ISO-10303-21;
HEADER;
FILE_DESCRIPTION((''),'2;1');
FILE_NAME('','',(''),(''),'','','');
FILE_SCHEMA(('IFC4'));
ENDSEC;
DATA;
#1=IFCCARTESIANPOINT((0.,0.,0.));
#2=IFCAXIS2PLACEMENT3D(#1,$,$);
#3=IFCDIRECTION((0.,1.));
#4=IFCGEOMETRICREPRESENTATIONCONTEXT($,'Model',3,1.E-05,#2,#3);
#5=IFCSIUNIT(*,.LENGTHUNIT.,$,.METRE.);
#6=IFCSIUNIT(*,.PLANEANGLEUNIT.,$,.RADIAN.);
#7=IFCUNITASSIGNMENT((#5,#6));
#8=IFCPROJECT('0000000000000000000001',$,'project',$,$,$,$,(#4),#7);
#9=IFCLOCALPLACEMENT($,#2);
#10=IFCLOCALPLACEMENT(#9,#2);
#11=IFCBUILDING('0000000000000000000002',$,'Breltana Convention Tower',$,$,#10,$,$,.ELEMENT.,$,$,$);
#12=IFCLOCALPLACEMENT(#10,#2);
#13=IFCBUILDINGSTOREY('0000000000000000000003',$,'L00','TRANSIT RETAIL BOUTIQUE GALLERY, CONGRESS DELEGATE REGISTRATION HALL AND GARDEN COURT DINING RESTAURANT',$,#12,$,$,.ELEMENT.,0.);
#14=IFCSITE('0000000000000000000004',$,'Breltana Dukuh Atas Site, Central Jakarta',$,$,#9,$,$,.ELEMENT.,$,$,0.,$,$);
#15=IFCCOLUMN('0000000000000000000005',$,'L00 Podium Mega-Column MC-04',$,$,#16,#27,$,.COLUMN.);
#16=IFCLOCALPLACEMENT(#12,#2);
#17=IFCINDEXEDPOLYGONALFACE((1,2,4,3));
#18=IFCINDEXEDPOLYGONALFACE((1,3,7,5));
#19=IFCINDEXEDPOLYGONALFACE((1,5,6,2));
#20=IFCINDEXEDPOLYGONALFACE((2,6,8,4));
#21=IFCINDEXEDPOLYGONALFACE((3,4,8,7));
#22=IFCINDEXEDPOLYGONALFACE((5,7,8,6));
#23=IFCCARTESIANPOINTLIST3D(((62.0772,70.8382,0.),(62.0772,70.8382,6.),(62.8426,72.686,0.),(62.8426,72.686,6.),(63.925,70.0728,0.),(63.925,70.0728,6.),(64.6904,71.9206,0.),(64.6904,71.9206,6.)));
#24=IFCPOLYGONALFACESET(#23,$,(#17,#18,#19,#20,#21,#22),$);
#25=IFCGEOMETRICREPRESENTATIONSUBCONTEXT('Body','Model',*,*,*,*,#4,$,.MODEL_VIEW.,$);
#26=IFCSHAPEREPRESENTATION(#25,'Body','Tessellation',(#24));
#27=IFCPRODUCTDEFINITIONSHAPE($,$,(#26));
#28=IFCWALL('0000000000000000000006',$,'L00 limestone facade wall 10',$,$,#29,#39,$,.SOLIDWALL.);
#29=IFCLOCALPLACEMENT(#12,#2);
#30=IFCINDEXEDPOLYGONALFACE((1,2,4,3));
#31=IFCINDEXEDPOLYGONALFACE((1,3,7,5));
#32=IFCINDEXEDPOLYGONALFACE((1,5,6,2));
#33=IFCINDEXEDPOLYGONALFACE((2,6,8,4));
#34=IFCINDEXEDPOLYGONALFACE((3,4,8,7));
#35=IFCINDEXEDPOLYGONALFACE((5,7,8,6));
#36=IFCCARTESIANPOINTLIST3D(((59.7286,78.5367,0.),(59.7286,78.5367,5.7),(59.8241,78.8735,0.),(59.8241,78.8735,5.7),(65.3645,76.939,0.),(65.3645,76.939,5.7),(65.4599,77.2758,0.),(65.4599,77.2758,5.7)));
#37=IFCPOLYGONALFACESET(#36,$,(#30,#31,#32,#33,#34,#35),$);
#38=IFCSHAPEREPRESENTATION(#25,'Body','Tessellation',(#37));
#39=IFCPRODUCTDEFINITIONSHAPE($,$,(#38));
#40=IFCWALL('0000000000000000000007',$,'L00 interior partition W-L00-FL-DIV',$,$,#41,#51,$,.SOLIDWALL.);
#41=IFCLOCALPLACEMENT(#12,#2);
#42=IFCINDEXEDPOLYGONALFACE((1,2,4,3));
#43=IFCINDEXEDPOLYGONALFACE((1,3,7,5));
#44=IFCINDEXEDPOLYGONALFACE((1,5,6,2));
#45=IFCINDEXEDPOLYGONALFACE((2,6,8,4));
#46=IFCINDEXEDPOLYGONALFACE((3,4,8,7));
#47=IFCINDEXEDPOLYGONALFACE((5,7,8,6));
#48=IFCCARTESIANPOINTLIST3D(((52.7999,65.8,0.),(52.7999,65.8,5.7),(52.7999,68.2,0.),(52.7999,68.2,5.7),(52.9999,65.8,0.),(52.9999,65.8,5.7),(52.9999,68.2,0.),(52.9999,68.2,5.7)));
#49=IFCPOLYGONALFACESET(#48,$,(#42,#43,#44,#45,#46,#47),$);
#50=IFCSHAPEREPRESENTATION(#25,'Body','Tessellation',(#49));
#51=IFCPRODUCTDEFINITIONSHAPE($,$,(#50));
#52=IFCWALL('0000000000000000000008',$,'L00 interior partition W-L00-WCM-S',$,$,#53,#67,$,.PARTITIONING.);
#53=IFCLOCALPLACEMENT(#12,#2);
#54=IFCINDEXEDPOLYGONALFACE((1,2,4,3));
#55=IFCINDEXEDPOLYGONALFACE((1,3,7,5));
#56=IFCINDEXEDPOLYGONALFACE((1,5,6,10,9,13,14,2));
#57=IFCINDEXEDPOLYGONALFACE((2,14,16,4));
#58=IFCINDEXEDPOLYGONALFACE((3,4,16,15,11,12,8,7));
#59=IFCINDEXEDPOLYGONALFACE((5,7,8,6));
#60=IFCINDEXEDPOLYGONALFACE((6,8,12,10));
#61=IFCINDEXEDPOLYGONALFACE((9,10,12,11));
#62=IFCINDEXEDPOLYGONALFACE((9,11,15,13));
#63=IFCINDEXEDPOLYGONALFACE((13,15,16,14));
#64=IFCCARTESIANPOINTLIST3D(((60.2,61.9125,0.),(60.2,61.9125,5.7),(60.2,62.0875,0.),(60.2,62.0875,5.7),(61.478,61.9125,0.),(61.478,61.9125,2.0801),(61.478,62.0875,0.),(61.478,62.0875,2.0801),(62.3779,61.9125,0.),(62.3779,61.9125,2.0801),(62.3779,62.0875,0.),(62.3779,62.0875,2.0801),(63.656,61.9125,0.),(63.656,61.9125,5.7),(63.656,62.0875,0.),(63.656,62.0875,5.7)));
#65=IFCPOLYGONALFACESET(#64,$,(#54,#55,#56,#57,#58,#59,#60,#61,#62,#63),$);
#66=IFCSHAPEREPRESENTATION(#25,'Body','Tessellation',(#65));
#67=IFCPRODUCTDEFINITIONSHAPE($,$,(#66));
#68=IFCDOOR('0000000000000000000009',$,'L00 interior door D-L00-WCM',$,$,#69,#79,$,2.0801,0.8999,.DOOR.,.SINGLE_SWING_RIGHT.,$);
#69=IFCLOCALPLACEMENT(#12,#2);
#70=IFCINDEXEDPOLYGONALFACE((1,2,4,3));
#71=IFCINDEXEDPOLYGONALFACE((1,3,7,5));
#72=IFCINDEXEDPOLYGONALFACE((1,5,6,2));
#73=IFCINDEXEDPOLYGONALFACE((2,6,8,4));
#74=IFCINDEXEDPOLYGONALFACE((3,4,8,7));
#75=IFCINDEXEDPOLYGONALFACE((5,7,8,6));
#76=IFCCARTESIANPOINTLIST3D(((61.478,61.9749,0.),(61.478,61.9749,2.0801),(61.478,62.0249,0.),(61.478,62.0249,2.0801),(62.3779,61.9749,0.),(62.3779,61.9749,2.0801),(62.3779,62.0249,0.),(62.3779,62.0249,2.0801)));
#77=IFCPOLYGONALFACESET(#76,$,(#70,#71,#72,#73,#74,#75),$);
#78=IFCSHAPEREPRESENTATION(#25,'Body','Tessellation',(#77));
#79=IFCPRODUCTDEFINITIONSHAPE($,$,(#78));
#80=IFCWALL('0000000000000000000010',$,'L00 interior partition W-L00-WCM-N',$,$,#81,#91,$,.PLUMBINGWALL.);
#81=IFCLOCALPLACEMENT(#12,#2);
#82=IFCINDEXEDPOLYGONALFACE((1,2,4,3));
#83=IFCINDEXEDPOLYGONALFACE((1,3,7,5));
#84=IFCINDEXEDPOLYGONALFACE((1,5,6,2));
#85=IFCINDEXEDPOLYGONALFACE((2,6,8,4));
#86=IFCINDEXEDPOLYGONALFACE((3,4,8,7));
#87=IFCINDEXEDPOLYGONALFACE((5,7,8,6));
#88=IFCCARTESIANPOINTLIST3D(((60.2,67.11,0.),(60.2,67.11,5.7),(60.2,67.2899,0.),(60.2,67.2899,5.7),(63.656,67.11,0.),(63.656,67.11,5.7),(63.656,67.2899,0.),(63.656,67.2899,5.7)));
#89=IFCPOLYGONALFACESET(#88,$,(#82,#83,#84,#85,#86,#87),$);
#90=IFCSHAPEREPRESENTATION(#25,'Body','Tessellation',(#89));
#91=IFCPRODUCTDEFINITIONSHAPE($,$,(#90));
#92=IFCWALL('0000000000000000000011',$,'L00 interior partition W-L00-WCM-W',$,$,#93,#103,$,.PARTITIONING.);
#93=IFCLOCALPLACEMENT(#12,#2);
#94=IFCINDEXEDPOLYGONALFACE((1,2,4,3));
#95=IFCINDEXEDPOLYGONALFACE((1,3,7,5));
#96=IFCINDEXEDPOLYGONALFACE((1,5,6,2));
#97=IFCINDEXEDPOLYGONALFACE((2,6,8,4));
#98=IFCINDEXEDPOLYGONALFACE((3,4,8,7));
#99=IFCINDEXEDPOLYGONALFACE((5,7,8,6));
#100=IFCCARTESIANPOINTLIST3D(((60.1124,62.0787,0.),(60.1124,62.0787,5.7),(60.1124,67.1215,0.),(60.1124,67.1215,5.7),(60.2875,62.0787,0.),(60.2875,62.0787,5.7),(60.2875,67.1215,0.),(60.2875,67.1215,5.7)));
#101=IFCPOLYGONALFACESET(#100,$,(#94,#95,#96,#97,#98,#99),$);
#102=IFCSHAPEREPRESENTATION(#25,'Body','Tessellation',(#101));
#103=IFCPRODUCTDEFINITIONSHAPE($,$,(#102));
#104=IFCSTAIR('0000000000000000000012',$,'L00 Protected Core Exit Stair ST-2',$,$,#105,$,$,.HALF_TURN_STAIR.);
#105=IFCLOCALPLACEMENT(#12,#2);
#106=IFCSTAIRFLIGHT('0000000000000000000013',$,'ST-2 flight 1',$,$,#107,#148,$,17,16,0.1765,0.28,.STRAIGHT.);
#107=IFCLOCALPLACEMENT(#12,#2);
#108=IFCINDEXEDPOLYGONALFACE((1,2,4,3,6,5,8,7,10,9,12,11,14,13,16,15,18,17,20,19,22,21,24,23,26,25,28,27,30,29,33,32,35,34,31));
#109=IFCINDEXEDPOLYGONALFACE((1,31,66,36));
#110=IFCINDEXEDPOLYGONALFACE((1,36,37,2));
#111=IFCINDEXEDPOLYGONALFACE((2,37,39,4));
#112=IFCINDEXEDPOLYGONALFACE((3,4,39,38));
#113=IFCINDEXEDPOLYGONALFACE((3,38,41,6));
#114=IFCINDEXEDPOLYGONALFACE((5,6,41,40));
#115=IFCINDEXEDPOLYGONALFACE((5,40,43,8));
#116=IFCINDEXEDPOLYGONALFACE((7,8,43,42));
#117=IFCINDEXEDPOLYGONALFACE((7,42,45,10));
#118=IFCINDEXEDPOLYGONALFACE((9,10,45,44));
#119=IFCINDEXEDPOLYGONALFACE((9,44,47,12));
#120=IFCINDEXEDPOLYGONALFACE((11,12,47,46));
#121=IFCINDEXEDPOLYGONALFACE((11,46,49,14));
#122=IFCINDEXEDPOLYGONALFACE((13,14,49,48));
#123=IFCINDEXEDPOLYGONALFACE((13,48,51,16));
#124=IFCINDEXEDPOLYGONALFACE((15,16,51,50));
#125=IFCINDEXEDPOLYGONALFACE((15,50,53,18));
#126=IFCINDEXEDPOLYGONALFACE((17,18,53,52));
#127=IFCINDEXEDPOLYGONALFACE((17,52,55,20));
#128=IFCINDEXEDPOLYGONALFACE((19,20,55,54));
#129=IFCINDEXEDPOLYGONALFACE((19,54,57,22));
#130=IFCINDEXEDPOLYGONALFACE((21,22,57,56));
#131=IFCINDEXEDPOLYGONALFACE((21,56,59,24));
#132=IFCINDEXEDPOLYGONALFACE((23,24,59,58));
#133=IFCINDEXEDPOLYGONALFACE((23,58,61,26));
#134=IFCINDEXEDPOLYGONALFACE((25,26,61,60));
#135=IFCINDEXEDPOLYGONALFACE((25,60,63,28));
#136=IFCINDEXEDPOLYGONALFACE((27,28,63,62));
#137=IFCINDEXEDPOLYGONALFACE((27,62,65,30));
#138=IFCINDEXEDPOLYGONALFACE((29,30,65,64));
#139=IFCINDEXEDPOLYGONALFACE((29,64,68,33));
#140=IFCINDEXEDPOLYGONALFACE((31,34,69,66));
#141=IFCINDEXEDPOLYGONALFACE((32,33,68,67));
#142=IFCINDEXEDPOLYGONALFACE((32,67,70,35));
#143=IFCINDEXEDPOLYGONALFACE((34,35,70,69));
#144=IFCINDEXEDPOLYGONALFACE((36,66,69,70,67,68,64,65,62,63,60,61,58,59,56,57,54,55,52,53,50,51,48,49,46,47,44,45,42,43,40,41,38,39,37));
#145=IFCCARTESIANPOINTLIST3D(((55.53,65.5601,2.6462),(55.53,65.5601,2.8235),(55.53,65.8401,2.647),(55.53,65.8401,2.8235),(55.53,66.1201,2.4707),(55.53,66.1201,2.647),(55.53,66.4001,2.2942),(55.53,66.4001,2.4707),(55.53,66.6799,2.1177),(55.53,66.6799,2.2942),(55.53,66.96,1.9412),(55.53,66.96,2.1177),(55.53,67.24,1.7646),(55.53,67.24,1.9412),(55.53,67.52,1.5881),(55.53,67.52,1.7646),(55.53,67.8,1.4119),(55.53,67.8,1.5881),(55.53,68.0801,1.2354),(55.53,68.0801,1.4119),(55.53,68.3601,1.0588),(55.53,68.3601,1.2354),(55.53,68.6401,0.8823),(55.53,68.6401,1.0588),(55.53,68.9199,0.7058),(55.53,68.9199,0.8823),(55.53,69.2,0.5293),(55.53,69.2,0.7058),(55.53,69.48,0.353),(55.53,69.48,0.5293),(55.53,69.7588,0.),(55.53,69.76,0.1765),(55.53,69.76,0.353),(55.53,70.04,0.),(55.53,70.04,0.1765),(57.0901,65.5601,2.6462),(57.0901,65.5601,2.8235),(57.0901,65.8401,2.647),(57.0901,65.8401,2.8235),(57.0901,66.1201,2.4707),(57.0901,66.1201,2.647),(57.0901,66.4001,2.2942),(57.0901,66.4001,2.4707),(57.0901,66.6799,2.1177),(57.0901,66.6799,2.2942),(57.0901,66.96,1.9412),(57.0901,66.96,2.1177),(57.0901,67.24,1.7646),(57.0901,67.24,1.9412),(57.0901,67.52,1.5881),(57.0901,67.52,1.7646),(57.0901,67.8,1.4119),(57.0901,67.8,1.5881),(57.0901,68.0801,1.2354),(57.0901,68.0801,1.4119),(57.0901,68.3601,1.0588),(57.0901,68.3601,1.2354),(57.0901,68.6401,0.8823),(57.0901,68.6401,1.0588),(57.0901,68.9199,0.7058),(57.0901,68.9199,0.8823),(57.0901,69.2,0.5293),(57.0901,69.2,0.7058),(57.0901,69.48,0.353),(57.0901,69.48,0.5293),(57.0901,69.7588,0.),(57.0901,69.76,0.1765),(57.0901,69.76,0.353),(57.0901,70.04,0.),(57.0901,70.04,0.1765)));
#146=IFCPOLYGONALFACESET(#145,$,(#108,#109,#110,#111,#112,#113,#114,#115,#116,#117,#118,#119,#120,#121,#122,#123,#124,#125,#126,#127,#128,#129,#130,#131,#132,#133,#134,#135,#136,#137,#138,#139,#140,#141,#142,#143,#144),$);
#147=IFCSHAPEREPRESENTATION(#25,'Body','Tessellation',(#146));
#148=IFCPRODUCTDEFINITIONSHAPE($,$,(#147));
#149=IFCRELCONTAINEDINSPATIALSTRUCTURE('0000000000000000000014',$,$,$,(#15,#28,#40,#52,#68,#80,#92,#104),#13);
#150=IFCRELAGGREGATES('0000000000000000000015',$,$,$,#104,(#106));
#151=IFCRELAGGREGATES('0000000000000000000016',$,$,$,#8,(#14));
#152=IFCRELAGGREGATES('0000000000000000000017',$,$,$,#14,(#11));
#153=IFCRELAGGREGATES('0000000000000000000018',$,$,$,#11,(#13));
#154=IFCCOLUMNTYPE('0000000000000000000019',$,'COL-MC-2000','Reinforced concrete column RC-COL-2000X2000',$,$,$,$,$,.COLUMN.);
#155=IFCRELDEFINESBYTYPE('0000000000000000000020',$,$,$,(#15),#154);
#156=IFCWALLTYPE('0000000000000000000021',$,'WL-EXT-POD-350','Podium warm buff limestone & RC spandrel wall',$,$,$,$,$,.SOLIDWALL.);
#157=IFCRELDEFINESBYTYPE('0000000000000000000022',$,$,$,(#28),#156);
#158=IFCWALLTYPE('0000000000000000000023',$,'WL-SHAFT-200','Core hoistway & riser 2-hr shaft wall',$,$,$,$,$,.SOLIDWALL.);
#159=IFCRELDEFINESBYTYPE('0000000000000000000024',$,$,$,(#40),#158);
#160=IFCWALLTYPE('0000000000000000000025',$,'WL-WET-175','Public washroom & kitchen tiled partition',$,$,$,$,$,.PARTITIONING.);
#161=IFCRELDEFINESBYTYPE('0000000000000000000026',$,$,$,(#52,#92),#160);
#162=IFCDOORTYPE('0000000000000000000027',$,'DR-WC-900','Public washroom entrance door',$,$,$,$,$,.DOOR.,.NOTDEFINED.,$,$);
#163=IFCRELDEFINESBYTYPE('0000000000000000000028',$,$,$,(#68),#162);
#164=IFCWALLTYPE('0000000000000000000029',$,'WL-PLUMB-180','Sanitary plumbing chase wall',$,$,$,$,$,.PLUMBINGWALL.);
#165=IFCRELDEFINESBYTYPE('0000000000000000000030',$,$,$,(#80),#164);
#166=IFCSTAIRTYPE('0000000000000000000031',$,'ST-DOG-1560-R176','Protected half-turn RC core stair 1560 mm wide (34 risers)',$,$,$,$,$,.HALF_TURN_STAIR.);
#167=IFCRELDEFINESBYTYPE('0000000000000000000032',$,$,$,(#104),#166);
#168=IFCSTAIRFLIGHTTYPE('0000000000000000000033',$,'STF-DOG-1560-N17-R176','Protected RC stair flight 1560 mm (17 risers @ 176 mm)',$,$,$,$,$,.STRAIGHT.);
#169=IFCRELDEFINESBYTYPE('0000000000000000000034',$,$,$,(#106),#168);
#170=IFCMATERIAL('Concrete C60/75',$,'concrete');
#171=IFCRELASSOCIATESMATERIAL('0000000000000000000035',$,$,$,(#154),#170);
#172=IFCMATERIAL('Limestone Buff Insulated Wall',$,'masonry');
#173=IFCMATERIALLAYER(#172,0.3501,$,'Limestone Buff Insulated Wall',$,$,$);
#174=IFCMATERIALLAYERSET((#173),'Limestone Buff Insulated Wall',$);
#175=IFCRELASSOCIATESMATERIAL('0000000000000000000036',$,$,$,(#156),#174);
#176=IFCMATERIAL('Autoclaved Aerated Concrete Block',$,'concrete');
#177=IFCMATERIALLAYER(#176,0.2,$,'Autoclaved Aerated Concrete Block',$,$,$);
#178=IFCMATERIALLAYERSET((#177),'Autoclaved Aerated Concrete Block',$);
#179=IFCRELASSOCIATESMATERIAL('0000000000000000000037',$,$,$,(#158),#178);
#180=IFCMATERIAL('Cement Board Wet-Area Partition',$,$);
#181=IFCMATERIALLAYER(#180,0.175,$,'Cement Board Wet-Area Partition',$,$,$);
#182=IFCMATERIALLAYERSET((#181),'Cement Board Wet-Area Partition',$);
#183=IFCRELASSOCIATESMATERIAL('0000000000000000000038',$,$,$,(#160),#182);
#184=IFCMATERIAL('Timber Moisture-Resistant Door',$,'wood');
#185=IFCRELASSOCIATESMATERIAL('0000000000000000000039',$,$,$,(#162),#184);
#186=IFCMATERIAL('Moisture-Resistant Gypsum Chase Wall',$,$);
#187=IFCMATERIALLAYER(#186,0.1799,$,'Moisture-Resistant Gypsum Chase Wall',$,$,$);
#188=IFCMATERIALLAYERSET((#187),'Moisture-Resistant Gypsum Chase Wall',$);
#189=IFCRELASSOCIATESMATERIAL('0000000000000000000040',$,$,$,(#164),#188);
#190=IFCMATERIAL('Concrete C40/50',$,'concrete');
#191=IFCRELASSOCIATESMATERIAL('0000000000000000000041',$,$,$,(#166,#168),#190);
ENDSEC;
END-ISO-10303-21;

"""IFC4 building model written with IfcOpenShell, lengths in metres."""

from ifc_helpers import new_model, si_unit, direction, frame, frame_2d, origin, origin_2d, place, context, subcontext, project, spatial, polyline, rectangle, outline, extrude, source, transform, mapped, material, layer, layer_set, material_profile, profile_set, type_object, type_shapes, element, fill, aggregate, save


model = new_model("IFC4")

# Units and contexts
model_context = context("Model", 3, precision=1e-05, world=origin(), true_north=direction((0.0, 1.0)))
body_context = subcontext(model_context, "Body", "Model", "MODEL_VIEW")
ifc_project = project(units=[si_unit("LENGTHUNIT", "METRE"), si_unit("PLANEANGLEUNIT", "RADIAN")], contexts=[model_context])

# Site, building, storey
site_placement = place(None, origin())
site = spatial("IfcSite", under=ifc_project, at=site_placement, Name="Breltana Dukuh Atas Site, Central Jakarta", CompositionType="ELEMENT", RefElevation=0.0)
building_placement = place(site_placement, origin())
building = spatial("IfcBuilding", under=site, at=building_placement, Name="Breltana Convention Tower", CompositionType="ELEMENT")
storey_placement = place(building_placement, origin())
storey = spatial("IfcBuildingStorey", under=building, at=storey_placement, Name="L00", Description="TRANSIT RETAIL BOUTIQUE GALLERY, CONGRESS DELEGATE REGISTRATION HALL AND GARDEN COURT DINING RESTAURANT", CompositionType="ELEMENT", Elevation=0.0)

# Column
ifc_material_1 = material(Name="Concrete C60/75", Category="concrete")
ifc_material_profile = material_profile(ifc_material_1, rectangle(XDim=2.0, YDim=2.0, at=origin_2d()), Name="RC-COL-2000X2000")
ifc_profile_set = profile_set([ifc_material_profile], Name="Concrete C60/75")
column_type = type_object("IfcColumnType", Name="COL-MC-2000", Description="Reinforced concrete column RC-COL-2000X2000", PredefinedType="COLUMN", material=ifc_profile_set)
shared_shape_1 = source(origin(), body_context, "Body", "SweptSolid", [
    extrude(rectangle(XDim=2.0, YDim=2.0, at=origin_2d()), origin(), (0.0, 0.0, 1.0), 6.0),
])
column_placement = place(storey_placement, frame((63.3838, 71.3794, 0.0), z_axis=(0.0, 0.0, 1.0), x_axis=(0.382683, 0.92388, 0.0)))
element("IfcColumn", 1, at=column_placement, inside=storey, type_object=column_type, Name="L00 Podium Mega-Column MC-04", PredefinedType="COLUMN", context=body_context, shape_type="MappedRepresentation", body=[
    mapped(shared_shape_1, transform((0.0, 0.0, 0.0), scale=1.0)),
])

# Wall
ifc_material_2 = material(Name="Limestone Buff Insulated Wall", Category="masonry")
ifc_layer_1 = layer(ifc_material_2, 0.3501, Name="Limestone Buff Insulated Wall")
ifc_layer_set_1 = layer_set([ifc_layer_1], Name="Limestone Buff Insulated Wall")
wall_type_1 = type_object("IfcWallType", Name="WL-EXT-POD-350", Description="Podium warm buff limestone & RC spandrel wall", PredefinedType="SOLIDWALL", material=ifc_layer_set_1)
shared_shape_2 = source(origin(), body_context, "Body", "SweptSolid", [
    extrude(rectangle(XDim=5.8579, YDim=0.3501, at=frame_2d((2.929, 0.0))), origin(), (0.0, 0.0, 1.0), 5.7),
])
wall_1_placement = place(storey_placement, frame((59.7764, 78.7051, 0.0), z_axis=(0.0, 0.0, 1.0), x_axis=(0.962088, -0.272739, 0.0)))
element("IfcWall", 2, at=wall_1_placement, inside=storey, type_object=wall_type_1, Name="L00 limestone facade wall 10", PredefinedType="SOLIDWALL", context=body_context, shape_type="MappedRepresentation", body=[
    mapped(shared_shape_2, transform((0.0, 0.0, 0.0), scale=1.0)),
])

# Wall
ifc_material_3 = material(Name="Autoclaved Aerated Concrete Block", Category="concrete")
ifc_layer_2 = layer(ifc_material_3, 0.2, Name="Autoclaved Aerated Concrete Block")
ifc_layer_set_2 = layer_set([ifc_layer_2], Name="Autoclaved Aerated Concrete Block")
wall_type_2 = type_object("IfcWallType", Name="WL-SHAFT-200", Description="Core hoistway & riser 2-hr shaft wall", PredefinedType="SOLIDWALL", material=ifc_layer_set_2)
shared_shape_3 = source(origin(), body_context, "Body", "SweptSolid", [
    extrude(rectangle(XDim=2.3999, YDim=0.2, at=frame_2d((1.2, 0.0))), origin(), (0.0, 0.0, 1.0), 5.7),
])
wall_2_placement = place(storey_placement, frame((52.8999, 65.8, 0.0), z_axis=(0.0, 0.0, 1.0), x_axis=(0.0, 1.0, 0.0)))
element("IfcWall", 3, at=wall_2_placement, inside=storey, type_object=wall_type_2, Name="L00 interior partition W-L00-FL-DIV", PredefinedType="SOLIDWALL", context=body_context, shape_type="MappedRepresentation", body=[
    mapped(shared_shape_3, transform((0.0, 0.0, 0.0), scale=1.0)),
])

# Wall, opening, door
ifc_material_4 = material(Name="Cement Board Wet-Area Partition")
ifc_layer_3 = layer(ifc_material_4, 0.175, Name="Cement Board Wet-Area Partition")
ifc_layer_set_3 = layer_set([ifc_layer_3], Name="Cement Board Wet-Area Partition")
wall_type_3 = type_object("IfcWallType", Name="WL-WET-175", Description="Public washroom & kitchen tiled partition", PredefinedType="PARTITIONING", material=ifc_layer_set_3)
shared_shape_4 = source(origin(), body_context, "Body", "SweptSolid", [
    extrude(rectangle(XDim=3.4561, YDim=0.175, at=frame_2d((1.728, 0.0))), origin(), (0.0, 0.0, 1.0), 5.7),
])
wall_3_placement = place(storey_placement, frame((60.2, 62.0, 0.0), z_axis=(0.0, 0.0, 1.0), x_axis=(1.0, 0.0, 0.0)))
wall_3 = element("IfcWall", 4, at=wall_3_placement, inside=storey, type_object=wall_type_3, Name="L00 interior partition W-L00-WCM-S", PredefinedType="PARTITIONING", context=body_context, shape_type="MappedRepresentation", body=[
    mapped(shared_shape_4, transform((0.0, 0.0, 0.0), scale=1.0)),
])
opening_1_placement = place(wall_3_placement, frame((1.2781, 0.0, 0.0)))
opening_1 = element("IfcOpeningElement", 5, at=opening_1_placement, cuts=wall_3, PredefinedType="OPENING", context=body_context, shape_type="SweptSolid", body=[
    extrude(rectangle(XDim=0.8999, YDim=2.0801, at=frame_2d((0.45, 1.04))), frame((0.0, 0.0977, 0.0), z_axis=(0.0, -1.0, 0.0), x_axis=(1.0, 0.0, 0.0)), (0.0, 0.0, 1.0), 0.1951),
])
ifc_material_5 = material(Name="Timber Moisture-Resistant Door", Category="wood")
door_type_1 = type_object("IfcDoorType", Name="DR-WC-900", Description="Public washroom entrance door", OperationType="NOTDEFINED", PredefinedType="DOOR", material=ifc_material_5)
shared_shape_5 = source(origin(), body_context, "Body", "SweptSolid", [
    extrude(rectangle(XDim=0.8999, YDim=2.0801, at=frame_2d((0.45, 1.04))), frame((0.0, 0.0249, 0.0), z_axis=(0.0, -1.0, 0.0), x_axis=(1.0, 0.0, 0.0)), (0.0, 0.0, 1.0), 0.05),
])
type_shapes(door_type_1, [shared_shape_5])
door_1_placement = place(opening_1_placement, origin())
door_1 = element("IfcDoor", 6, at=door_1_placement, inside=storey, type_object=door_type_1, Name="L00 interior door D-L00-WCM", OperationType="SINGLE_SWING_RIGHT", OverallHeight=2.0801, OverallWidth=0.8999, PredefinedType="DOOR", context=body_context, shape_type="MappedRepresentation", body=[
    mapped(shared_shape_5, transform((0.0, 0.0, 0.0), scale=1.0)),
])
fill(opening_1, door_1)

# Walls
ifc_material_6 = material(Name="Moisture-Resistant Gypsum Chase Wall")
ifc_layer_4 = layer(ifc_material_6, 0.1799, Name="Moisture-Resistant Gypsum Chase Wall")
ifc_layer_set_4 = layer_set([ifc_layer_4], Name="Moisture-Resistant Gypsum Chase Wall")
wall_type_4 = type_object("IfcWallType", Name="WL-PLUMB-180", Description="Sanitary plumbing chase wall", PredefinedType="PLUMBINGWALL", material=ifc_layer_set_4)
shared_shape_6 = source(origin(), body_context, "Body", "SweptSolid", [
    extrude(rectangle(XDim=3.4561, YDim=0.1799, at=frame_2d((1.728, 0.0))), origin(), (0.0, 0.0, 1.0), 5.7),
])
wall_4_placement = place(storey_placement, frame((60.2, 67.2, 0.0), z_axis=(0.0, 0.0, 1.0), x_axis=(1.0, 0.0, 0.0)))
element("IfcWall", 7, at=wall_4_placement, inside=storey, type_object=wall_type_4, Name="L00 interior partition W-L00-WCM-N", PredefinedType="PLUMBINGWALL", context=body_context, shape_type="MappedRepresentation", body=[
    mapped(shared_shape_6, transform((0.0, 0.0, 0.0), scale=1.0)),
])
shared_shape_7 = source(origin(), body_context, "Body", "SweptSolid", [
    extrude(rectangle(XDim=5.0427, YDim=0.175, at=frame_2d((2.5215, 0.0))), origin(), (0.0, 0.0, 1.0), 5.7),
])
wall_5_placement = place(storey_placement, frame((60.2, 62.0786, 0.0), z_axis=(0.0, 0.0, 1.0), x_axis=(0.0, 1.0, 0.0)))
element("IfcWall", 8, at=wall_5_placement, inside=storey, type_object=wall_type_3, Name="L00 interior partition W-L00-WCM-W", PredefinedType="PARTITIONING", context=body_context, shape_type="MappedRepresentation", body=[
    mapped(shared_shape_7, transform((0.0, 0.0, 0.0), scale=1.0)),
])

# Stair, stair flight
ifc_material_7 = material(Name="Concrete C40/50", Category="concrete")
stair_type = type_object("IfcStairType", Name="ST-DOG-1560-R176", Description="Protected half-turn RC core stair 1560 mm wide (34 risers)", PredefinedType="HALF_TURN_STAIR", material=ifc_material_7)
stair_placement = place(storey_placement, origin())
stair = element("IfcStair", 9, at=stair_placement, inside=storey, type_object=stair_type, Name="L00 Protected Core Exit Stair ST-2", PredefinedType="HALF_TURN_STAIR")
stair_flight_type = type_object("IfcStairFlightType", Name="STF-DOG-1560-N17-R176", Description="Protected RC stair flight 1560 mm (17 risers @ 176 mm)", PredefinedType="STRAIGHT", material=ifc_material_7)
stair_flight_1_placement = place(storey_placement, frame((56.3101, 70.04, 0.0), z_axis=(0.0, 0.0, 1.0), x_axis=(0.0, -1.0, 0.0)))
stair_flight_1 = element("IfcStairFlight", 10, at=stair_flight_1_placement, type_object=stair_flight_type, Name="ST-2 flight 1", NumberOfRisers=17, NumberOfTreads=16, PredefinedType="STRAIGHT", RiserHeight=0.1765, TreadLength=0.28, context=body_context, shape_type="SweptSolid", body=[
    extrude(outline(polyline([(0.0, 0.0), (0.0, 0.1765), (0.28, 0.1765), (0.28, 0.353), (0.5601, 0.353), (0.5601, 0.5293), (0.8401, 0.5293), (0.8401, 0.7058), (1.1201, 0.7058), (1.1201, 0.8823), (1.3999, 0.8823), (1.3999, 1.0588), (1.6799, 1.0588), (1.6799, 1.2354), (1.96, 1.2354), (1.96, 1.4119), (2.24, 1.4119), (2.24, 1.5881), (2.52, 1.5881), (2.52, 1.7646), (2.8, 1.7646), (2.8, 1.9412), (3.0801, 1.9412), (3.0801, 2.1177), (3.3601, 2.1177), (3.3601, 2.2942), (3.6399, 2.2942), (3.6399, 2.4707), (3.9199, 2.4707), (3.9199, 2.647), (4.2, 2.647), (4.2, 2.8235), (4.48, 2.8235), (4.48, 3.0), (4.48, 2.6462), (0.2812, 0.0), (0.0, 0.0)])), frame((0.0, 0.78, 0.0), z_axis=(0.0, -1.0, 0.0), x_axis=(1.0, 0.0, 0.0)), (0.0, 0.0, 1.0), 1.5601),
])
aggregate(stair, [stair_flight_1])

save(model, "model.ifc")
